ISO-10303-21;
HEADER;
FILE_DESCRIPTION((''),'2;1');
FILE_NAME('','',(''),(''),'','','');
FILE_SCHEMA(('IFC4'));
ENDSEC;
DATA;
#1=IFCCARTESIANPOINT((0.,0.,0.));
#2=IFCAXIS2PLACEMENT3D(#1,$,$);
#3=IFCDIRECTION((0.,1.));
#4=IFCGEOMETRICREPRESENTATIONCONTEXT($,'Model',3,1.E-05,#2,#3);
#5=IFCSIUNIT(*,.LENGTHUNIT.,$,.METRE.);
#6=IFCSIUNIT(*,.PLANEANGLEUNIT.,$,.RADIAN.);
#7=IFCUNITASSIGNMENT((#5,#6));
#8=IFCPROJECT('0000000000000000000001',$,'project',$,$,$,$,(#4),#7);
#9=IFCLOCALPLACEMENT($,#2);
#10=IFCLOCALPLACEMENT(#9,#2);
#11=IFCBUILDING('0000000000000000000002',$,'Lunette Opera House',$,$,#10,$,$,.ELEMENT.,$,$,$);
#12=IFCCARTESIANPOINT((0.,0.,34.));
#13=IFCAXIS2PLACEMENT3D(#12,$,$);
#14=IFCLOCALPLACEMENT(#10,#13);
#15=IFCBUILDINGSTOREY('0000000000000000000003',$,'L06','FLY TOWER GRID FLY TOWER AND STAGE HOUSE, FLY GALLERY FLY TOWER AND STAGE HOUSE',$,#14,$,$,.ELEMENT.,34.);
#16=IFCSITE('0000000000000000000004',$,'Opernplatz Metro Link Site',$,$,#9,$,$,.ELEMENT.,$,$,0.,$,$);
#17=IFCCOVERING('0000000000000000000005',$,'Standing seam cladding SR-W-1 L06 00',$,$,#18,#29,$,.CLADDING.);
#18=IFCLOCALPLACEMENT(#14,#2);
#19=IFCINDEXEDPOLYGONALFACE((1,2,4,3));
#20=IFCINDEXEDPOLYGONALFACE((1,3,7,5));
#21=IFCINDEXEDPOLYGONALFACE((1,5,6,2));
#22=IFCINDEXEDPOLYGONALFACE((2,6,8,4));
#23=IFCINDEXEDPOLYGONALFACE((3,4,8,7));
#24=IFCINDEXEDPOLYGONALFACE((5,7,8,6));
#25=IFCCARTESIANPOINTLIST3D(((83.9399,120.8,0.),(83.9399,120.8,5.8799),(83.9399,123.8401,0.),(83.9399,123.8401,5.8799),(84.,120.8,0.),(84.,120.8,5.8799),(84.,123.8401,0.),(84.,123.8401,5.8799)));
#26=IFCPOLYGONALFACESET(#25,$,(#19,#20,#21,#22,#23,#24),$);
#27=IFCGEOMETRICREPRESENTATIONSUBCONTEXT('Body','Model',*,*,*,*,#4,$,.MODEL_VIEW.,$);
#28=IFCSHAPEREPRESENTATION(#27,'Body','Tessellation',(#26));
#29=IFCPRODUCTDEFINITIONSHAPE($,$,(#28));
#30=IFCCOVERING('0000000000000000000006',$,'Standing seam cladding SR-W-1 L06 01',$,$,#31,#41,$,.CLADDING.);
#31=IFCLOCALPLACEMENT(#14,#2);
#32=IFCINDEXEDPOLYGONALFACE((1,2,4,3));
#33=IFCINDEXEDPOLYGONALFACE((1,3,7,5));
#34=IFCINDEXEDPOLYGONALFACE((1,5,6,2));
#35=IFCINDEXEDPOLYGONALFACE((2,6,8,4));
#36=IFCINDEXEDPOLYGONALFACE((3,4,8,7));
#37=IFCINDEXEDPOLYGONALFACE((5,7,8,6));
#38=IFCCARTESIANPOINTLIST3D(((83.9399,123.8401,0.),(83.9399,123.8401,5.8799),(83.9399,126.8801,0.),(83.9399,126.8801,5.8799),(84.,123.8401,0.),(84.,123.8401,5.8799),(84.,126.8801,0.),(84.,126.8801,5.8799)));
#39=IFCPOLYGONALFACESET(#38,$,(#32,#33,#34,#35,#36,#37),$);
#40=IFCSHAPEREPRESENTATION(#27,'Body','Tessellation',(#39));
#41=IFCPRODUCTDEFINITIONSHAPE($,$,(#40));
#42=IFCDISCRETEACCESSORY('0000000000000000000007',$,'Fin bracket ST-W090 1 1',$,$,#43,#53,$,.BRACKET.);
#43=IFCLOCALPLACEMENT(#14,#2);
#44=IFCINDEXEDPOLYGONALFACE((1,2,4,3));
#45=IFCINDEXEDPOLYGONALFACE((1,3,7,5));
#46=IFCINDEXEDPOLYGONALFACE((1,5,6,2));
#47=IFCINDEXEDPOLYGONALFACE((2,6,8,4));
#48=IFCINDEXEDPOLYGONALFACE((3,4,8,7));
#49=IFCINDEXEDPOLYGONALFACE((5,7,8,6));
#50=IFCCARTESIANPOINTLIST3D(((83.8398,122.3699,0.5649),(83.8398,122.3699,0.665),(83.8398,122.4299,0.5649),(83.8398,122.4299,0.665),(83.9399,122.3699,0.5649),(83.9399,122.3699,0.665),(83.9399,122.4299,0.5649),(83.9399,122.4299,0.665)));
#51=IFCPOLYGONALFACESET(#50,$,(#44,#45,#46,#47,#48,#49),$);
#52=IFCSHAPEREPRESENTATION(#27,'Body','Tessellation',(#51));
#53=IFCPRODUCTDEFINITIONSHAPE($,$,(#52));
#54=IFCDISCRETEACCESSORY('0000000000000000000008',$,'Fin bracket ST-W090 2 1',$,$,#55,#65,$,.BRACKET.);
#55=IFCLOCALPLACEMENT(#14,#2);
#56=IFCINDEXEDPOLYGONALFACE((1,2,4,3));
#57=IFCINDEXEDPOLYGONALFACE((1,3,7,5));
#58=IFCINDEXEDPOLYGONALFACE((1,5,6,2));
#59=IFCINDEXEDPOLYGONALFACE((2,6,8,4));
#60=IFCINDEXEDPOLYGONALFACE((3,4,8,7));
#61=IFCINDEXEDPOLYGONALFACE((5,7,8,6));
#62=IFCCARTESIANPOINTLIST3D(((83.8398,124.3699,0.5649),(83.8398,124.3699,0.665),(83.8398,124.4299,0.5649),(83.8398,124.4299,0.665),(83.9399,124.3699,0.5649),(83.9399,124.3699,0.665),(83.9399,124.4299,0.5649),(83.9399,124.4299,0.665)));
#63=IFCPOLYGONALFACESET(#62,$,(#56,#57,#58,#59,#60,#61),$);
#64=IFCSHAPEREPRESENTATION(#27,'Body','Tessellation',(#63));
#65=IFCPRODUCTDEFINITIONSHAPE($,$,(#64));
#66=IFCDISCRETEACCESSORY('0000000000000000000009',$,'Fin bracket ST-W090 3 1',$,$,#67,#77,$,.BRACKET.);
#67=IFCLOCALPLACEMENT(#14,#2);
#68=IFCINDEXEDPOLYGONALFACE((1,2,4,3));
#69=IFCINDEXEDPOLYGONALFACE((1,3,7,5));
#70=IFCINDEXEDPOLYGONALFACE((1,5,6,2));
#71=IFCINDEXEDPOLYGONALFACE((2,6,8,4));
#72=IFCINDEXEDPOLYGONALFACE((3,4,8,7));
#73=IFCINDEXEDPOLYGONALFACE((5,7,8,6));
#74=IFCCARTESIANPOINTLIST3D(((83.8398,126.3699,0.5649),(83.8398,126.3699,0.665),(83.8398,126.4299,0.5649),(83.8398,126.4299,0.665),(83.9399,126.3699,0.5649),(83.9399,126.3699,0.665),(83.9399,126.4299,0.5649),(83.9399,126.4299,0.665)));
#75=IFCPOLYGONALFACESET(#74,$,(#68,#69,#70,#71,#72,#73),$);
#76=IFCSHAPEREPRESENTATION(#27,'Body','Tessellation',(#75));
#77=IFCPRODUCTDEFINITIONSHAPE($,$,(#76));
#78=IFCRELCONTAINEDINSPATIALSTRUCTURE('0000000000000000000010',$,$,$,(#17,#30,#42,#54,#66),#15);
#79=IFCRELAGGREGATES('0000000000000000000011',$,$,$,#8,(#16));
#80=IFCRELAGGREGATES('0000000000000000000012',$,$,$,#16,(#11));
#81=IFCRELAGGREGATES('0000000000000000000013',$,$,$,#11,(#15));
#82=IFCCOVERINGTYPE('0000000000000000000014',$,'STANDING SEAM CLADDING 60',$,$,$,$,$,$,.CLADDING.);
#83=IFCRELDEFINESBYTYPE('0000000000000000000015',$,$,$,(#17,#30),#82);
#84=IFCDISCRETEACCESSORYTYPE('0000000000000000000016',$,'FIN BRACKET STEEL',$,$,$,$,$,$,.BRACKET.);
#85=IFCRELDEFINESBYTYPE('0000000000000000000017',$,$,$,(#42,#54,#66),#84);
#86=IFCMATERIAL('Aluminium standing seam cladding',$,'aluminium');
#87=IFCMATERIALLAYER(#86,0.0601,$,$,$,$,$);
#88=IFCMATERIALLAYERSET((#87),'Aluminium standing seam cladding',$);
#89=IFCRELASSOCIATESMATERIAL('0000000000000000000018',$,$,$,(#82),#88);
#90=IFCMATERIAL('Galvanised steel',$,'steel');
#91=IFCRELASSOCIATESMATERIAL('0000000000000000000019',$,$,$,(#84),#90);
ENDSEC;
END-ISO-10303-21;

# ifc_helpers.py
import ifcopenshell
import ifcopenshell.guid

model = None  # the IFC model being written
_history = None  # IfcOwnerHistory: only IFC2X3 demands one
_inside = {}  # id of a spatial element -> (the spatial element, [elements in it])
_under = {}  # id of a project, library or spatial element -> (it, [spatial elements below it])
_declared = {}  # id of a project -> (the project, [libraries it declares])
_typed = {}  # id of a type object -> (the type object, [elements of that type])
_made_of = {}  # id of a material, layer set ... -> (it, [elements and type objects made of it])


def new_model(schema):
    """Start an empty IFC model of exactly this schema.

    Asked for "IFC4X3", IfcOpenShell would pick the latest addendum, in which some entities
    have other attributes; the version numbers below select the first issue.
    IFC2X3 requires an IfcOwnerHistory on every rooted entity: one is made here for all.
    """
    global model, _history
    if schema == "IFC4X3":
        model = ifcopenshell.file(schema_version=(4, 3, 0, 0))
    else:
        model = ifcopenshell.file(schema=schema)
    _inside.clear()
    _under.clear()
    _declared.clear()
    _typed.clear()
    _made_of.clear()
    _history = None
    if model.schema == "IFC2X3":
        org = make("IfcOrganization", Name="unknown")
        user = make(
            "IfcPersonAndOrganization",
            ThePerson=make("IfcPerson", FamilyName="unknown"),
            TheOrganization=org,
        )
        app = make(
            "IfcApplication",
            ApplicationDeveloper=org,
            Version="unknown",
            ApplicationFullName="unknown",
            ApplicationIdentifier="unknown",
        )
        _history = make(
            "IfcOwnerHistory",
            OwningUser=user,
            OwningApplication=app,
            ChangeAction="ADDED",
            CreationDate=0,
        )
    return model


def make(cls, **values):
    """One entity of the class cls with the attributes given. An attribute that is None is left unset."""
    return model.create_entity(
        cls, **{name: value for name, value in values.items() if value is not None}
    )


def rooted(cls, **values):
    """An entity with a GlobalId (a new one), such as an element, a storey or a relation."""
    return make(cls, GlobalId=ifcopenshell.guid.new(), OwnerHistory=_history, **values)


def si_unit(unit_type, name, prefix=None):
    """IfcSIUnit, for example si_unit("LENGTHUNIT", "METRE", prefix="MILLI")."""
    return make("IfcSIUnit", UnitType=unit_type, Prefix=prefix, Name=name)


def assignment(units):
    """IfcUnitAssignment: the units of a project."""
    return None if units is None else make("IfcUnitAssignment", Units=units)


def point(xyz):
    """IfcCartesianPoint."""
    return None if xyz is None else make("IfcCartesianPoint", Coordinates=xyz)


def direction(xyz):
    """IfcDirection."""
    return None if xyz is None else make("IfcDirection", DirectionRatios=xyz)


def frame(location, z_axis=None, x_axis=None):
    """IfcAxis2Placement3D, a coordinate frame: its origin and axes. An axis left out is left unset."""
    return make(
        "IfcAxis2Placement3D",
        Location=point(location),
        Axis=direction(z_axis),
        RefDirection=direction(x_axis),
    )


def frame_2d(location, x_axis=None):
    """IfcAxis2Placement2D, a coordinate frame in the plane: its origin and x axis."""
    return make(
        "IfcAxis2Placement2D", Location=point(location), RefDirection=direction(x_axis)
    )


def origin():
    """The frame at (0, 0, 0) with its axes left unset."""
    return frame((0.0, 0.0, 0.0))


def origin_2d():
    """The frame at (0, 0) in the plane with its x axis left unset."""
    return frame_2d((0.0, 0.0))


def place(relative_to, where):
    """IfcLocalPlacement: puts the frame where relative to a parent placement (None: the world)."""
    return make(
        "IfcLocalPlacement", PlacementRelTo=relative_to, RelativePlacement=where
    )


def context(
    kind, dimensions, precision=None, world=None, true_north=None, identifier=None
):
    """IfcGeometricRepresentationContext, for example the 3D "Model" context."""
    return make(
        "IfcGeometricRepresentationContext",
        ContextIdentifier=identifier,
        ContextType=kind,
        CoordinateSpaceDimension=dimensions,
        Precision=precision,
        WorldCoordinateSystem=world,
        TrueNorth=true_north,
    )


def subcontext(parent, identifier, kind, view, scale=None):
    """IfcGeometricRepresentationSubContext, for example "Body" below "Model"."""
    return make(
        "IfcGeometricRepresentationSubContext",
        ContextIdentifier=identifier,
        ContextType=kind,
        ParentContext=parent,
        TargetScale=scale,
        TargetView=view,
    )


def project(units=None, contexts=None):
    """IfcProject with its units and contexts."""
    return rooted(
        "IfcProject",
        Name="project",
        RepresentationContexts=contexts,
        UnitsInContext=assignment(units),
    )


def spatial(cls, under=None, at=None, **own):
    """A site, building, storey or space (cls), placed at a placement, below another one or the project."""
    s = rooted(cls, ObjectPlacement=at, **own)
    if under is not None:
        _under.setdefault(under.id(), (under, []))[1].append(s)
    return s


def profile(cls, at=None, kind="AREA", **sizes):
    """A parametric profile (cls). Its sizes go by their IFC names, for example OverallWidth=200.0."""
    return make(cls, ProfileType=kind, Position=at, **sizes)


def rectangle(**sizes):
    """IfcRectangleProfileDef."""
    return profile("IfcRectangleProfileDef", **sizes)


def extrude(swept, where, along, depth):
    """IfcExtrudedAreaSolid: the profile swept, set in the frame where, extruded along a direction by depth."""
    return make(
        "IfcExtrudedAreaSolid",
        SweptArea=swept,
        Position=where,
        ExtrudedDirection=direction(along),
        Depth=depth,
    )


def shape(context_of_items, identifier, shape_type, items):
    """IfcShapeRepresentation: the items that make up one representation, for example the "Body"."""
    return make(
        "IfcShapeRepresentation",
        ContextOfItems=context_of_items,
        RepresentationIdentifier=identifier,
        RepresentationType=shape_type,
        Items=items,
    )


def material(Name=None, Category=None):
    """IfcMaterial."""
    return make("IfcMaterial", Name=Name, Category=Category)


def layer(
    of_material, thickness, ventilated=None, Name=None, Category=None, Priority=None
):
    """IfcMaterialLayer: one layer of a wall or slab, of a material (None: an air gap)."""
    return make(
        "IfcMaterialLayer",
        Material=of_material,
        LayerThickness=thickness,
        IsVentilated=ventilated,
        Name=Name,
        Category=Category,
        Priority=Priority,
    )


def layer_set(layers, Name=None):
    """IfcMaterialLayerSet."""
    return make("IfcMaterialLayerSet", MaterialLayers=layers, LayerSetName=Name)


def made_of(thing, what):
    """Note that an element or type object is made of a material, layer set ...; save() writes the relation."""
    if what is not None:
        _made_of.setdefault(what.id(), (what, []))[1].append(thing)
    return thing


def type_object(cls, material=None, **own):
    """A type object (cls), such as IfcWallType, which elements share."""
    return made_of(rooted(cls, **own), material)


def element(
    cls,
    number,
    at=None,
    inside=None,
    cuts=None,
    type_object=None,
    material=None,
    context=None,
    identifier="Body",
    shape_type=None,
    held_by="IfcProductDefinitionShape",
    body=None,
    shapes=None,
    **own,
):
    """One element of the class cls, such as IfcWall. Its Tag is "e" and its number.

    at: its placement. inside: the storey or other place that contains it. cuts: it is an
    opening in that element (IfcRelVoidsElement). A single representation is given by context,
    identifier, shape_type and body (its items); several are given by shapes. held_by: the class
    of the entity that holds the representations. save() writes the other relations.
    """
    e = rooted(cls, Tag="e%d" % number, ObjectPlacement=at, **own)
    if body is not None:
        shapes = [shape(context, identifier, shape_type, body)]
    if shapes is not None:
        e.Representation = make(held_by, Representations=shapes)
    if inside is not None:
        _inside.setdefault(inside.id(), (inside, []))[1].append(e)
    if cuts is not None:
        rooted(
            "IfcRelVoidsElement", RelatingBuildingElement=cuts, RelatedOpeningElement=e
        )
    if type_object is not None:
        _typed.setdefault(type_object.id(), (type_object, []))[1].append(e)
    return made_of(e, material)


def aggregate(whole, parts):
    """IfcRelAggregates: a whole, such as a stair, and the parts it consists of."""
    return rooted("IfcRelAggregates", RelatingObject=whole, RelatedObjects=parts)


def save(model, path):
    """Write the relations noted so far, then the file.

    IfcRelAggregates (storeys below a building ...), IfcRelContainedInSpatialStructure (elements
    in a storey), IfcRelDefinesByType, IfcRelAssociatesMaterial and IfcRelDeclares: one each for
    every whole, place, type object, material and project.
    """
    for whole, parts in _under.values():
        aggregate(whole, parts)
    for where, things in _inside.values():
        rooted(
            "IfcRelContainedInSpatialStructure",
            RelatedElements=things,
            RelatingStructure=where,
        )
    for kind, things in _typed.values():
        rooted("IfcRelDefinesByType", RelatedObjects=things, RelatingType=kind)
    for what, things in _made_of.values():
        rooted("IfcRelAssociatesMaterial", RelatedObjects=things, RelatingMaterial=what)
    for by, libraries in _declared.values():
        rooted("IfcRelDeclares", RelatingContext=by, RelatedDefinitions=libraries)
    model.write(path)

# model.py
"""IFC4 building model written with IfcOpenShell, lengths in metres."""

from ifc_helpers import new_model, si_unit, direction, frame, origin, origin_2d, place, context, subcontext, project, spatial, rectangle, extrude, material, layer, layer_set, type_object, element, save


model = new_model("IFC4")

# Units and contexts
model_context = context("Model", 3, precision=1e-05, world=origin(), true_north=direction((0.0, 1.0)))
body_context = subcontext(model_context, "Body", "Model", "MODEL_VIEW")
ifc_project = project(units=[si_unit("LENGTHUNIT", "METRE"), si_unit("PLANEANGLEUNIT", "RADIAN")], contexts=[model_context])

# Site, building, storey
site_placement = place(None, origin())
site = spatial("IfcSite", under=ifc_project, at=site_placement, Name="Opernplatz Metro Link Site", CompositionType="ELEMENT", RefElevation=0.0)
building_placement = place(site_placement, origin())
building = spatial("IfcBuilding", under=site, at=building_placement, Name="Lunette Opera House", CompositionType="ELEMENT")
storey_placement = place(building_placement, frame((0.0, 0.0, 34.0)))
storey = spatial("IfcBuildingStorey", under=building, at=storey_placement, Name="L06", Description="FLY TOWER GRID FLY TOWER AND STAGE HOUSE, FLY GALLERY FLY TOWER AND STAGE HOUSE", CompositionType="ELEMENT", Elevation=34.0)

# Coverings
ifc_material_1 = material(Name="Aluminium standing seam cladding", Category="aluminium")
ifc_layer_1 = layer(ifc_material_1, 0.0601)
ifc_layer_set_1 = layer_set([ifc_layer_1], Name="Aluminium standing seam cladding")
covering_type = type_object("IfcCoveringType", Name="STANDING SEAM CLADDING 60", PredefinedType="CLADDING", material=ifc_layer_set_1)
for number, where, z_axis, x_axis, name in (
    (1, (83.97, 122.3201, 0.0), (0.0, 0.0, 1.0), (0.0, 1.0, 0.0), "Standing seam cladding SR-W-1 L06 00"),
    (2, (83.97, 125.3601, 0.0), (0.0, 0.0, 1.0), (0.0, 1.0, 0.0), "Standing seam cladding SR-W-1 L06 01"),
):
    element("IfcCovering", number, at=place(storey_placement, frame(where, z_axis=z_axis, x_axis=x_axis)), inside=storey, type_object=covering_type, Name=name, PredefinedType="CLADDING", context=body_context, shape_type="SweptSolid", body=[
        extrude(rectangle(XDim=3.04, YDim=0.0601, at=origin_2d()), origin(), (0.0, 0.0, 1.0), 5.8799),
    ])

# Discrete accessories
ifc_material_2 = material(Name="Galvanised steel", Category="steel")
discrete_accessory_type = type_object("IfcDiscreteAccessoryType", Name="FIN BRACKET STEEL", PredefinedType="BRACKET", material=ifc_material_2)
for number, where, z_axis, x_axis, name in (
    (3, (83.8899, 122.3999, 0.5649), (0.0, 0.0, 1.0), (-1.0, 0.0, 0.0), "Fin bracket ST-W090 1 1"),
    (4, (83.8899, 124.3999, 0.5649), (0.0, 0.0, 1.0), (-1.0, 0.0, 0.0), "Fin bracket ST-W090 2 1"),
    (5, (83.8899, 126.3999, 0.5649), (0.0, 0.0, 1.0), (-1.0, 0.0, 0.0), "Fin bracket ST-W090 3 1"),
):
    element("IfcDiscreteAccessory", number, at=place(storey_placement, frame(where, z_axis=z_axis, x_axis=x_axis)), inside=storey, type_object=discrete_accessory_type, Name=name, PredefinedType="BRACKET", context=body_context, shape_type="SweptSolid", body=[
        extrude(rectangle(XDim=0.1001, YDim=0.0601, at=origin_2d()), origin(), (0.0, 0.0, 1.0), 0.1001),
    ])

save(model, "model.ifc")
